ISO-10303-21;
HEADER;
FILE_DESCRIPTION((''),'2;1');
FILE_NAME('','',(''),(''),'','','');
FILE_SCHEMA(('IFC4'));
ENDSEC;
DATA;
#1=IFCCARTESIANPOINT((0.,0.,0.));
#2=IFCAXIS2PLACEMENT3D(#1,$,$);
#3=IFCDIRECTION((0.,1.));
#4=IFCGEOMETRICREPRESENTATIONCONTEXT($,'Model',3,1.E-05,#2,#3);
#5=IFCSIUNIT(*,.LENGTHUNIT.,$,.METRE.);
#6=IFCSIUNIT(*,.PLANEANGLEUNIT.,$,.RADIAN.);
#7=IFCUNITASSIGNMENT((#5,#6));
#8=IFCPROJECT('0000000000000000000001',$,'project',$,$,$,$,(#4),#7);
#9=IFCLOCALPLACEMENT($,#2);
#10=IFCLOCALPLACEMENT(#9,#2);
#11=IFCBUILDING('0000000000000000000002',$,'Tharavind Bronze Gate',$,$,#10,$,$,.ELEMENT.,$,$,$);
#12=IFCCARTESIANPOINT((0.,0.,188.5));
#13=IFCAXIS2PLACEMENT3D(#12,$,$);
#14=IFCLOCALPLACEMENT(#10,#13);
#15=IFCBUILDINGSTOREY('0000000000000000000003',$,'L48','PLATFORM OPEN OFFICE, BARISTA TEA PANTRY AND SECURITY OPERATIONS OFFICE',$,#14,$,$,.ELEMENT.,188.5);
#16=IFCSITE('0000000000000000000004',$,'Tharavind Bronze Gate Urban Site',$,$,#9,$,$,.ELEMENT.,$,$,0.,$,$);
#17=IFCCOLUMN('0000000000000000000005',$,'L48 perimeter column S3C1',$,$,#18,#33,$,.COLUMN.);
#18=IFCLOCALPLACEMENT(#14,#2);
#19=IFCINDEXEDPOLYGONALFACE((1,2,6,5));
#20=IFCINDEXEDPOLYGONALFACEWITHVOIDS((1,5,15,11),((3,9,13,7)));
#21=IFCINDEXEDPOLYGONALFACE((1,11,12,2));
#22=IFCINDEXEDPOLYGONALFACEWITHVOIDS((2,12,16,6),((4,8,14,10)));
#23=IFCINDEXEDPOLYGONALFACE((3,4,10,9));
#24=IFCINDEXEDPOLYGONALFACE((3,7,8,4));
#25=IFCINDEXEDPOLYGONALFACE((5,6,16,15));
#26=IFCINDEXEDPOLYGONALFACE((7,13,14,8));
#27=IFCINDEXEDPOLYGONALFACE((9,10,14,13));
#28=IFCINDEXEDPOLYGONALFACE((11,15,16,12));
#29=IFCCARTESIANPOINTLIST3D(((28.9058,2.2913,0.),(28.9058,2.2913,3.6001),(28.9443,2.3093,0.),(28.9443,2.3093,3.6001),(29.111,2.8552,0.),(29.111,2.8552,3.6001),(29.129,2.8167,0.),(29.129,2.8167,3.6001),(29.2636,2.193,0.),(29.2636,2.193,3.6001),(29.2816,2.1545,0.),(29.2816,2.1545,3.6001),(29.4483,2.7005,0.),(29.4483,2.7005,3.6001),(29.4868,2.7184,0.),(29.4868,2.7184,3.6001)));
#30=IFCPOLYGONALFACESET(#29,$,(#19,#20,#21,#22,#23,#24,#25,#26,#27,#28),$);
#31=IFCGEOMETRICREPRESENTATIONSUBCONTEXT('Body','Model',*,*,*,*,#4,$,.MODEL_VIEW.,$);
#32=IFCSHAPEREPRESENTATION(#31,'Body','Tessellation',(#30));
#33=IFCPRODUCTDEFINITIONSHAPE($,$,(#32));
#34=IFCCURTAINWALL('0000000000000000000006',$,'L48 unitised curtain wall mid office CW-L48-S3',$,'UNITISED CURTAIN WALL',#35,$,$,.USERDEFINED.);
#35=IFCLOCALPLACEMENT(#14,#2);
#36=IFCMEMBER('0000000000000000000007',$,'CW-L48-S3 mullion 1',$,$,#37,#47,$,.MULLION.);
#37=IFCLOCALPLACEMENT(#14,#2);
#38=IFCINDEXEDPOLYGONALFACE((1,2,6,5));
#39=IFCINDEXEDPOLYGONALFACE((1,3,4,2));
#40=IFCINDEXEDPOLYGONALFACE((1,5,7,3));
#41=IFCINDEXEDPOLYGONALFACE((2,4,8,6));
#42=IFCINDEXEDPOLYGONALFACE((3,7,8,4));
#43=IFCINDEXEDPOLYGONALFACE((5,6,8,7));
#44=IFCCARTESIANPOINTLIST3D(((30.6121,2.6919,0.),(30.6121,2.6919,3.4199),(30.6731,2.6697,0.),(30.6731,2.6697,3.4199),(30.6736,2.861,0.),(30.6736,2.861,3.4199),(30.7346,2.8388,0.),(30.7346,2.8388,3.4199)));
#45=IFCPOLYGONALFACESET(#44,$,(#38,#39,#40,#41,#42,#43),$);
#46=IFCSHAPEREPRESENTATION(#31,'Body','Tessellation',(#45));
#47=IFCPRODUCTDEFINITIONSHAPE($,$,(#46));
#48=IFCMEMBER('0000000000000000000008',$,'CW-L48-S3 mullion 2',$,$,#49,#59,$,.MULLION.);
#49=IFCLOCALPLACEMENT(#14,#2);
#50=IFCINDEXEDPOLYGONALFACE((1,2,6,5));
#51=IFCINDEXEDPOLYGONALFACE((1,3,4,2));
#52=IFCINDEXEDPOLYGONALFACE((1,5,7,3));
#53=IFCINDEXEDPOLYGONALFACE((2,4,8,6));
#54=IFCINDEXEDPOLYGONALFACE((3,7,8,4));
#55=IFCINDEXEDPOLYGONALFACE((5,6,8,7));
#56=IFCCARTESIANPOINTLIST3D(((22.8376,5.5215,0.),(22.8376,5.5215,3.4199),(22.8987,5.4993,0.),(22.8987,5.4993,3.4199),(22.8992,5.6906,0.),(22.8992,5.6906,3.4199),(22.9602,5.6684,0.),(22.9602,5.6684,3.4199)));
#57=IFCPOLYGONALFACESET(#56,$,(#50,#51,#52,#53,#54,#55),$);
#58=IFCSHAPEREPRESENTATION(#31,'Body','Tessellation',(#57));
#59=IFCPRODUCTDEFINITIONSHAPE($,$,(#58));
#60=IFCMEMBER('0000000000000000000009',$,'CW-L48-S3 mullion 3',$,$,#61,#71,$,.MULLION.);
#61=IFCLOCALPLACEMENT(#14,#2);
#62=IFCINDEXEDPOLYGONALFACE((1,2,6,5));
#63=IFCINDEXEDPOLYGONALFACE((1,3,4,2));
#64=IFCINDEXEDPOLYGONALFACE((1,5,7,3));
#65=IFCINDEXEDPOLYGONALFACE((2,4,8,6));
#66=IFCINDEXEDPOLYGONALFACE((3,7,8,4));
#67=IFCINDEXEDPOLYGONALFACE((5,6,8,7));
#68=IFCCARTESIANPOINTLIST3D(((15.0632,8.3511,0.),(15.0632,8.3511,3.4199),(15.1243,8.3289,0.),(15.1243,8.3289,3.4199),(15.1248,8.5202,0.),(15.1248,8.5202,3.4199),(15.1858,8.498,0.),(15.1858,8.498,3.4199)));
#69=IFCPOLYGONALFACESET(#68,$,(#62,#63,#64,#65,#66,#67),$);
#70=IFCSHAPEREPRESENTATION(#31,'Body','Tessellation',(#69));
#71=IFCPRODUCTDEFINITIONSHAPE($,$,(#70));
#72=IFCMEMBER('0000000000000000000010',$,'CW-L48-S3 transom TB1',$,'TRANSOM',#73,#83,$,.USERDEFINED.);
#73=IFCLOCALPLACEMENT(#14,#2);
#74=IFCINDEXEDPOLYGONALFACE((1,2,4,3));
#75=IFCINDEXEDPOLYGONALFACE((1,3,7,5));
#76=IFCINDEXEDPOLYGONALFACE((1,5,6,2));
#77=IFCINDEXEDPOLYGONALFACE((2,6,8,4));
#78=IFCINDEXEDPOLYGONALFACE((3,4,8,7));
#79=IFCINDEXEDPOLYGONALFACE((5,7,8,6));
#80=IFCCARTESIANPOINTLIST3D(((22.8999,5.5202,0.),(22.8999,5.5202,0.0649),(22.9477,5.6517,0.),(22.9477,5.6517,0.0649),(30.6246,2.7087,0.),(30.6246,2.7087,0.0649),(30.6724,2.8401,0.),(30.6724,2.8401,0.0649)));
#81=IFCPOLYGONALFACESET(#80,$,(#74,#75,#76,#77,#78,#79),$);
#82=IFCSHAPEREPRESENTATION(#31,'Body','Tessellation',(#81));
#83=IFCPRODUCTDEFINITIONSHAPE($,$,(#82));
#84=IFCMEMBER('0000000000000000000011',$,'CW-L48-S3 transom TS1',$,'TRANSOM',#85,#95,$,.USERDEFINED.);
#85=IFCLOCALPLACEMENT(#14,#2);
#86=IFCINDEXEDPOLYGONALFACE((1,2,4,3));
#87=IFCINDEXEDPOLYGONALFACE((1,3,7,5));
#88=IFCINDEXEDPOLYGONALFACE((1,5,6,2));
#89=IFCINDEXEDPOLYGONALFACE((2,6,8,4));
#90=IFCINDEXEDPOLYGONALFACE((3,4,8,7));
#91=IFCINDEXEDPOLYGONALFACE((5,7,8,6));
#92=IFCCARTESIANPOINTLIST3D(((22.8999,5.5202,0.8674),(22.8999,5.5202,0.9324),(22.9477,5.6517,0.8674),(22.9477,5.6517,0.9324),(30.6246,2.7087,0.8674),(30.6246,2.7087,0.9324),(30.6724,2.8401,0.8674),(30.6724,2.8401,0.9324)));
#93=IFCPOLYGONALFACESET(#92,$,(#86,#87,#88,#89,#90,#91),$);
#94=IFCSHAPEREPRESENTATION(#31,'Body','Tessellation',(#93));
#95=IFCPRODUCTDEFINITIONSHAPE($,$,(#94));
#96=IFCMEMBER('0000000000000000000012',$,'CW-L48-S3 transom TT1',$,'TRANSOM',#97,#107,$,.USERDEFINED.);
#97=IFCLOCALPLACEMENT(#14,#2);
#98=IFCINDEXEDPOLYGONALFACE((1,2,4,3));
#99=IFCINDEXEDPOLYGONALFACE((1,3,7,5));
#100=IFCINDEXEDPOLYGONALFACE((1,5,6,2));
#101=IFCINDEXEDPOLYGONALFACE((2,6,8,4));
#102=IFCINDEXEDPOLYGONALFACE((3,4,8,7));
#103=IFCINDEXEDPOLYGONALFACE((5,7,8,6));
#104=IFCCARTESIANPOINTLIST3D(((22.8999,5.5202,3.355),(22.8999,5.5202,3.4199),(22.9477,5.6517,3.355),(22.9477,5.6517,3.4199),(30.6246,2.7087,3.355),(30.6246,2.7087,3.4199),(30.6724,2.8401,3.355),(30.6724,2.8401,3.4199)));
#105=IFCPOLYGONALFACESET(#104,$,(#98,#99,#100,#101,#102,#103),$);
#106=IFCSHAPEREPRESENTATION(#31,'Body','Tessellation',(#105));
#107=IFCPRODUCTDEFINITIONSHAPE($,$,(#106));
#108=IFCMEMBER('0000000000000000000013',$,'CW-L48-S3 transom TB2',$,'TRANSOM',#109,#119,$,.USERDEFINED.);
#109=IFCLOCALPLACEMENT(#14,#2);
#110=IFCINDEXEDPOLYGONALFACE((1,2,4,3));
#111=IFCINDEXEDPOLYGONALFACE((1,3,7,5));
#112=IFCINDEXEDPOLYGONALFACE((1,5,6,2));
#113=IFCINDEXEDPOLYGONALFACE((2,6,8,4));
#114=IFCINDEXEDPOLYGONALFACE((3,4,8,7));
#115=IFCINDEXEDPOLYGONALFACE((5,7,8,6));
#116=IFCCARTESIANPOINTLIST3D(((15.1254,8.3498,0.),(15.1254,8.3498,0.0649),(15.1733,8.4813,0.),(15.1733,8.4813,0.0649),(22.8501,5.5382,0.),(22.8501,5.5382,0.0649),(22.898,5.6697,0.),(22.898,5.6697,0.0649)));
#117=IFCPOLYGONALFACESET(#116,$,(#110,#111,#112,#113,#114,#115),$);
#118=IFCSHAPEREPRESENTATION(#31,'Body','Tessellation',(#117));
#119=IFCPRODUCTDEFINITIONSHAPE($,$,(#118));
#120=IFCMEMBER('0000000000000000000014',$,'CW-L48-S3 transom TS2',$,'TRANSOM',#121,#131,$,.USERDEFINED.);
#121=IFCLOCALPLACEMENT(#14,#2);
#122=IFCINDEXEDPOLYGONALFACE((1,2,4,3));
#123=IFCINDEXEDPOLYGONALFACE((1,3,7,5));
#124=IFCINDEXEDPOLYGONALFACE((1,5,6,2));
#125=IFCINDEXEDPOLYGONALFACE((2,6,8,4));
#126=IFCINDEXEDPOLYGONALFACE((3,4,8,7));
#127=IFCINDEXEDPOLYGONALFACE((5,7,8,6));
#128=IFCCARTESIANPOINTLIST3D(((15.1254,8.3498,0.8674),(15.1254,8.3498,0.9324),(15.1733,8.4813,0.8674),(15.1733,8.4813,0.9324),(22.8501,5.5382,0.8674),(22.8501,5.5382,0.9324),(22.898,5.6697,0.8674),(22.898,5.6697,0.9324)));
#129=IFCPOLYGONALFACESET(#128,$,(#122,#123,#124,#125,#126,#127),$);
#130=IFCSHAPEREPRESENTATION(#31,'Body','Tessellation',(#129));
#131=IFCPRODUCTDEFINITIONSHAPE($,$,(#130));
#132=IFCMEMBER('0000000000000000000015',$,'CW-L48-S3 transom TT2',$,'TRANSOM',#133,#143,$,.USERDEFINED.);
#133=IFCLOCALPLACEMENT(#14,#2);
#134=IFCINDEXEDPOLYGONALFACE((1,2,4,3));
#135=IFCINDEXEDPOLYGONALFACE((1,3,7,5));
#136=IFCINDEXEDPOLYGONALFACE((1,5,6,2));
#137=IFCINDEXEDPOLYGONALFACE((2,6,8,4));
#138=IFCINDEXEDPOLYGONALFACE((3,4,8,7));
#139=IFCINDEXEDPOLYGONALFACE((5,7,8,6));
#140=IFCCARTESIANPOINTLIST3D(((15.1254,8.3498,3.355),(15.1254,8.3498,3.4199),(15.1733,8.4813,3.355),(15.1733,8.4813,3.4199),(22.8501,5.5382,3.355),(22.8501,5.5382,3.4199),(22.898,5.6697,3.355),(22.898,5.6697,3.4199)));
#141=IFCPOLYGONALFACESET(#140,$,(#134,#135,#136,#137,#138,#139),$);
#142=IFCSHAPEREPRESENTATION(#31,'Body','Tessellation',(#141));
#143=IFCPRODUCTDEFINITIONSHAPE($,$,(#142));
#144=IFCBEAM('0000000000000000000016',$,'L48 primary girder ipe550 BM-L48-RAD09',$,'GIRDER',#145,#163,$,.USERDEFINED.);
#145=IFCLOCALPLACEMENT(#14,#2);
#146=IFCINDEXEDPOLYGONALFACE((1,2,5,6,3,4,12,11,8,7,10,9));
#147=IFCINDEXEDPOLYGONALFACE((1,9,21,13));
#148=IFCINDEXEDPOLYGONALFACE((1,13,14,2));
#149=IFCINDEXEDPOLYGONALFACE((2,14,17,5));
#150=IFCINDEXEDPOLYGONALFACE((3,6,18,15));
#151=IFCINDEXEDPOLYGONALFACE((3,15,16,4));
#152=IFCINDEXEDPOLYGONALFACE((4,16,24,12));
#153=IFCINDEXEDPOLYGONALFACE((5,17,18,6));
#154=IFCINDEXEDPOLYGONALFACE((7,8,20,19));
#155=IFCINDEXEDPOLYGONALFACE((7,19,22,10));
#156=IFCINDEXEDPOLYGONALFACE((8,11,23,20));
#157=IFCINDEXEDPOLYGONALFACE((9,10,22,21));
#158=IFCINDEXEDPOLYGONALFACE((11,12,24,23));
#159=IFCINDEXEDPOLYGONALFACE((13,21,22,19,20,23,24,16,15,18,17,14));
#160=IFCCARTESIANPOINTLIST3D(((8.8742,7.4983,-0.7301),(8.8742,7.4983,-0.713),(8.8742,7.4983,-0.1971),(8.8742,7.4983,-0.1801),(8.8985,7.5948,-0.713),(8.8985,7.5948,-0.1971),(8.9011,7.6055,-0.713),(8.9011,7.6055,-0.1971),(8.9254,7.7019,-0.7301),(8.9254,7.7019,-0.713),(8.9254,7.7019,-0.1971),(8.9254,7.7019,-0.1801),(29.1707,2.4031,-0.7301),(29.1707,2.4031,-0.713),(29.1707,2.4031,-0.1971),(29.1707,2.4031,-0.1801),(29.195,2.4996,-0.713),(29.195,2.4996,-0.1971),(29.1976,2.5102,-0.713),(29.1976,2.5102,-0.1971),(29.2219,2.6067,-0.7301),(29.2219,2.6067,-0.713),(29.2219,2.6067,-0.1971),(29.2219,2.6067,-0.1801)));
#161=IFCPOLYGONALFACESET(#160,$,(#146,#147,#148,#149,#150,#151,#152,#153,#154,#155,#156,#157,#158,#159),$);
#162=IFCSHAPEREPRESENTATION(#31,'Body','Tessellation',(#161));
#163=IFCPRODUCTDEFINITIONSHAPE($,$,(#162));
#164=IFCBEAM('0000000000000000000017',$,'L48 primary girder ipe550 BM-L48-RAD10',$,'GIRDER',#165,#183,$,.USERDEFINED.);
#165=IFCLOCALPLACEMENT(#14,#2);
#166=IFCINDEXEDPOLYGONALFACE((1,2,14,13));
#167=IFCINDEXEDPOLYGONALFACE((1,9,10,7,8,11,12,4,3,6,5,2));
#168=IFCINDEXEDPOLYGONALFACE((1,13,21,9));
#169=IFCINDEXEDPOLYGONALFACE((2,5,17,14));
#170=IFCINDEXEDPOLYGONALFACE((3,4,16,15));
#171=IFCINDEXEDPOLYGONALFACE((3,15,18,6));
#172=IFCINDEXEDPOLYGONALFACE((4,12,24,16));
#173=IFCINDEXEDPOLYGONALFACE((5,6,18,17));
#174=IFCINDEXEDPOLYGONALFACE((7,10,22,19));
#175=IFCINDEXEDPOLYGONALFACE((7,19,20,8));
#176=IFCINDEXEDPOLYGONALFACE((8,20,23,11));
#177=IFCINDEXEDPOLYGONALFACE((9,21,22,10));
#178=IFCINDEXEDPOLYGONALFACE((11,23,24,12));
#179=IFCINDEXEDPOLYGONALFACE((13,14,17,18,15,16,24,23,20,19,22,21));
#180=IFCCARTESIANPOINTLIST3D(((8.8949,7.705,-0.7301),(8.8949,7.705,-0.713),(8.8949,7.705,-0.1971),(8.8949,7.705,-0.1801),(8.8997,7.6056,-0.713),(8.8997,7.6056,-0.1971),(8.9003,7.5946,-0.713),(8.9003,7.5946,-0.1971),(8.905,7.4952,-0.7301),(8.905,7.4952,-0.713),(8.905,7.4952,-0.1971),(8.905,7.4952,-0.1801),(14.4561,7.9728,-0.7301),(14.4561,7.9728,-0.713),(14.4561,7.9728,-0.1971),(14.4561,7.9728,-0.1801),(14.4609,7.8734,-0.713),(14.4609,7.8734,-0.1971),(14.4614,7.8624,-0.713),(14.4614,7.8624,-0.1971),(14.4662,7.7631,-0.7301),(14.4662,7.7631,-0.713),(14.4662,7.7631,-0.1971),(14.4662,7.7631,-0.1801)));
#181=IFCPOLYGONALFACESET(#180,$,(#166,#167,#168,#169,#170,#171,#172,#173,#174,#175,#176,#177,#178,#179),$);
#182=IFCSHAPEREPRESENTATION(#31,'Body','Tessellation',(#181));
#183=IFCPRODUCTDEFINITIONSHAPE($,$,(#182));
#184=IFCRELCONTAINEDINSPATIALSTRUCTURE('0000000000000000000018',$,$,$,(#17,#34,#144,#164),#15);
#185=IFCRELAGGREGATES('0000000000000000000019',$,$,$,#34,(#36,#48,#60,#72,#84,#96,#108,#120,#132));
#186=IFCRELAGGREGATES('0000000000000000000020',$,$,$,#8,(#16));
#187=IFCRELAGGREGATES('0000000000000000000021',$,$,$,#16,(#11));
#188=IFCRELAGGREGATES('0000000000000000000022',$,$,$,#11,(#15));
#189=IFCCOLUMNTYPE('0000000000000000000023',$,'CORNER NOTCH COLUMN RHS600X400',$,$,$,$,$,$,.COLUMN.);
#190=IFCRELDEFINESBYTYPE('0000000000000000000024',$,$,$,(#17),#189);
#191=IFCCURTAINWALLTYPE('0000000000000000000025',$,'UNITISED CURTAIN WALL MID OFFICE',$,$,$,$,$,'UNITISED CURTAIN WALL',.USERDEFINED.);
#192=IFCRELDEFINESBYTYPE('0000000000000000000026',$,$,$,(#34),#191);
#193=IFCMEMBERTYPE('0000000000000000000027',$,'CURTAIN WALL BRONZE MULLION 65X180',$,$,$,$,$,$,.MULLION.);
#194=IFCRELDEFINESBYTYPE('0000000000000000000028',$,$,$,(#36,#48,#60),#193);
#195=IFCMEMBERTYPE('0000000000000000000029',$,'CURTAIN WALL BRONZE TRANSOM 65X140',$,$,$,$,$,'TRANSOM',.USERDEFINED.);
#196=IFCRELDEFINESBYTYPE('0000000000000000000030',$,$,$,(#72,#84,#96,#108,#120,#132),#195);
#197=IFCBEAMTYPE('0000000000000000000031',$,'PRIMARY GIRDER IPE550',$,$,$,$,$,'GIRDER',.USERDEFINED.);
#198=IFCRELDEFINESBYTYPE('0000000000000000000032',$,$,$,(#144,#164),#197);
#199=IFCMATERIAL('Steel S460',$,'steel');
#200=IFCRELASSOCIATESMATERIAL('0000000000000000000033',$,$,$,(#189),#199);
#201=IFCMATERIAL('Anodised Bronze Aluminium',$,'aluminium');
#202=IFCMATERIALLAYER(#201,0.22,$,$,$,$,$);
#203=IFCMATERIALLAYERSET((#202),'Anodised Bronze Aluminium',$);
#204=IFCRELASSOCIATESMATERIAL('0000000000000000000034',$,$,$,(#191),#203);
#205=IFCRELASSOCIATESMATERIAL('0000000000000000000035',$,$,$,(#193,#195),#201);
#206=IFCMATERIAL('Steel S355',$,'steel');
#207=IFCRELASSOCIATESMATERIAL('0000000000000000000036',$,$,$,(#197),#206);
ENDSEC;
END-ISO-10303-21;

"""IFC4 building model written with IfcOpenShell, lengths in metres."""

from ifc_helpers import new_model, si_unit, direction, frame, origin, origin_2d, place, context, subcontext, project, spatial, rectangle, hollow_rectangle, i_section, extrude, material, layer, layer_set, material_profile, profile_set, type_object, element, aggregate, save


model = new_model("IFC4")

# Units and contexts
model_context = context("Model", 3, precision=1e-05, world=origin(), true_north=direction((0.0, 1.0)))
body_context = subcontext(model_context, "Body", "Model", "MODEL_VIEW")
ifc_project = project(units=[si_unit("LENGTHUNIT", "METRE"), si_unit("PLANEANGLEUNIT", "RADIAN")], contexts=[model_context])

# Site, building, storey
site_placement = place(None, origin())
site = spatial("IfcSite", under=ifc_project, at=site_placement, Name="Tharavind Bronze Gate Urban Site", CompositionType="ELEMENT", RefElevation=0.0)
building_placement = place(site_placement, origin())
building = spatial("IfcBuilding", under=site, at=building_placement, Name="Tharavind Bronze Gate", CompositionType="ELEMENT")
storey_placement = place(building_placement, frame((0.0, 0.0, 188.5)))
storey = spatial("IfcBuildingStorey", under=building, at=storey_placement, Name="L48", Description="PLATFORM OPEN OFFICE, BARISTA TEA PANTRY AND SECURITY OPERATIONS OFFICE", CompositionType="ELEMENT", Elevation=188.5)

# Column
ifc_material_1 = material(Name="Steel S460", Category="steel")
ifc_material_profile_1 = material_profile(ifc_material_1, hollow_rectangle(XDim=0.3999, YDim=0.6001, WallThickness=0.03, at=origin_2d()), Name="RHS600X400X30")
ifc_profile_set_1 = profile_set([ifc_material_profile_1], Name="Steel S460")
column_type = type_object("IfcColumnType", Name="CORNER NOTCH COLUMN RHS600X400", PredefinedType="COLUMN", material=ifc_profile_set_1)
column_placement = place(storey_placement, frame((29.1963, 2.5049, 0.0), z_axis=(0.0, 0.0, 1.0), x_axis=(-0.939692, 0.342022, 0.0)))
element("IfcColumn", 1, at=column_placement, inside=storey, type_object=column_type, Name="L48 perimeter column S3C1", PredefinedType="COLUMN", context=body_context, shape_type="SweptSolid", body=[
    extrude(hollow_rectangle(XDim=0.3999, YDim=0.6001, WallThickness=0.03, at=origin_2d()), origin(), (0.0, 0.0, 1.0), 3.6001),
])

# Curtain wall, members
ifc_material_2 = material(Name="Anodised Bronze Aluminium", Category="aluminium")
ifc_layer_1 = layer(ifc_material_2, 0.22)
ifc_layer_set_1 = layer_set([ifc_layer_1], Name="Anodised Bronze Aluminium")
curtain_wall_type = type_object("IfcCurtainWallType", Name="UNITISED CURTAIN WALL MID OFFICE", ElementType="UNITISED CURTAIN WALL", PredefinedType="USERDEFINED", material=ifc_layer_set_1)
curtain_wall_placement = place(storey_placement, origin())
curtain_wall = element("IfcCurtainWall", 2, at=curtain_wall_placement, inside=storey, type_object=curtain_wall_type, Name="L48 unitised curtain wall mid office CW-L48-S3", ObjectType="UNITISED CURTAIN WALL", PredefinedType="USERDEFINED")
member_type_1 = type_object("IfcMemberType", Name="CURTAIN WALL BRONZE MULLION 65X180", PredefinedType="MULLION", material=ifc_material_2)
member_1_placement = place(storey_placement, frame((30.6733, 2.7654, 0.0), z_axis=(0.0, 0.0, 1.0), x_axis=(-0.939692, 0.342022, 0.0)))
member_1 = element("IfcMember", 3, at=member_1_placement, type_object=member_type_1, Name="CW-L48-S3 mullion 1", PredefinedType="MULLION", context=body_context, shape_type="SweptSolid", body=[
    extrude(rectangle(XDim=0.0649, YDim=0.1799, at=origin_2d()), origin(), (0.0, 0.0, 1.0), 3.4199),
])
member_2_placement = place(storey_placement, frame((22.8989, 5.595, 0.0), z_axis=(0.0, 0.0, 1.0), x_axis=(-0.939692, 0.342022, 0.0)))
member_2 = element("IfcMember", 4, at=member_2_placement, type_object=member_type_1, Name="CW-L48-S3 mullion 2", PredefinedType="MULLION", context=body_context, shape_type="SweptSolid", body=[
    extrude(rectangle(XDim=0.0649, YDim=0.1799, at=origin_2d()), origin(), (0.0, 0.0, 1.0), 3.4199),
])
member_3_placement = place(storey_placement, frame((15.1245, 8.4246, 0.0), z_axis=(0.0, 0.0, 1.0), x_axis=(-0.939692, 0.342022, 0.0)))
member_3 = element("IfcMember", 5, at=member_3_placement, type_object=member_type_1, Name="CW-L48-S3 mullion 3", PredefinedType="MULLION", context=body_context, shape_type="SweptSolid", body=[
    extrude(rectangle(XDim=0.0649, YDim=0.1799, at=origin_2d()), origin(), (0.0, 0.0, 1.0), 3.4199),
])
member_type_2 = type_object("IfcMemberType", Name="CURTAIN WALL BRONZE TRANSOM 65X140", ElementType="TRANSOM", PredefinedType="USERDEFINED", material=ifc_material_2)
member_4_placement = place(storey_placement, frame((26.7861, 4.1802, 0.0), z_axis=(0.0, 0.0, 1.0), x_axis=(-0.939692, 0.342022, 0.0)))
member_4 = element("IfcMember", 6, at=member_4_placement, type_object=member_type_2, Name="CW-L48-S3 transom TB1", ObjectType="TRANSOM", PredefinedType="USERDEFINED", context=body_context, shape_type="SweptSolid", body=[
    extrude(rectangle(XDim=8.2205, YDim=0.1399, at=origin_2d()), origin(), (0.0, 0.0, 1.0), 0.0649),
])
member_5_placement = place(storey_placement, frame((26.7861, 4.1802, 0.8674), z_axis=(0.0, 0.0, 1.0), x_axis=(-0.939692, 0.342022, 0.0)))
member_5 = element("IfcMember", 7, at=member_5_placement, type_object=member_type_2, Name="CW-L48-S3 transom TS1", ObjectType="TRANSOM", PredefinedType="USERDEFINED", context=body_context, shape_type="SweptSolid", body=[
    extrude(rectangle(XDim=8.2205, YDim=0.1399, at=origin_2d()), origin(), (0.0, 0.0, 1.0), 0.0649),
])
member_6_placement = place(storey_placement, frame((26.7861, 4.1802, 3.355), z_axis=(0.0, 0.0, 1.0), x_axis=(-0.939692, 0.342022, 0.0)))
member_6 = element("IfcMember", 8, at=member_6_placement, type_object=member_type_2, Name="CW-L48-S3 transom TT1", ObjectType="TRANSOM", PredefinedType="USERDEFINED", context=body_context, shape_type="SweptSolid", body=[
    extrude(rectangle(XDim=8.2205, YDim=0.1399, at=origin_2d()), origin(), (0.0, 0.0, 1.0), 0.0649),
])
member_7_placement = place(storey_placement, frame((19.0117, 7.0098, 0.0), z_axis=(0.0, 0.0, 1.0), x_axis=(-0.939692, 0.342022, 0.0)))
member_7 = element("IfcMember", 9, at=member_7_placement, type_object=member_type_2, Name="CW-L48-S3 transom TB2", ObjectType="TRANSOM", PredefinedType="USERDEFINED", context=body_context, shape_type="SweptSolid", body=[
    extrude(rectangle(XDim=8.2205, YDim=0.1399, at=origin_2d()), origin(), (0.0, 0.0, 1.0), 0.0649),
])
member_8_placement = place(storey_placement, frame((19.0117, 7.0098, 0.8674), z_axis=(0.0, 0.0, 1.0), x_axis=(-0.939692, 0.342022, 0.0)))
member_8 = element("IfcMember", 10, at=member_8_placement, type_object=member_type_2, Name="CW-L48-S3 transom TS2", ObjectType="TRANSOM", PredefinedType="USERDEFINED", context=body_context, shape_type="SweptSolid", body=[
    extrude(rectangle(XDim=8.2205, YDim=0.1399, at=origin_2d()), origin(), (0.0, 0.0, 1.0), 0.0649),
])
member_9_placement = place(storey_placement, frame((19.0117, 7.0098, 3.355), z_axis=(0.0, 0.0, 1.0), x_axis=(-0.939692, 0.342022, 0.0)))
member_9 = element("IfcMember", 11, at=member_9_placement, type_object=member_type_2, Name="CW-L48-S3 transom TT2", ObjectType="TRANSOM", PredefinedType="USERDEFINED", context=body_context, shape_type="SweptSolid", body=[
    extrude(rectangle(XDim=8.2205, YDim=0.1399, at=origin_2d()), origin(), (0.0, 0.0, 1.0), 0.0649),
])

# Beams
ifc_material_3 = material(Name="Steel S355", Category="steel")
ifc_material_profile_2 = material_profile(ifc_material_3, i_section(OverallWidth=0.21, OverallDepth=0.55, WebThickness=0.011, FlangeThickness=0.0171, at=origin_2d()), Name="IPE550")
ifc_profile_set_2 = profile_set([ifc_material_profile_2], Name="Steel S355")
beam_type_1 = type_object("IfcBeamType", Name="PRIMARY GIRDER IPE550", ElementType="GIRDER", PredefinedType="USERDEFINED", material=ifc_profile_set_2)
beam_1_placement = place(storey_placement, frame((29.1963, 2.5049, -0.4551), z_axis=(-0.969905, 0.243485, 0.0), x_axis=(-0.243485, -0.969905, 0.0)))
element("IfcBeam", 12, at=beam_1_placement, inside=storey, type_object=beam_type_1, Name="L48 primary girder ipe550 BM-L48-RAD09", ObjectType="GIRDER", PredefinedType="USERDEFINED", context=body_context, shape_type="SweptSolid", body=[
    extrude(i_section(OverallWidth=0.21, OverallDepth=0.55, WebThickness=0.011, FlangeThickness=0.0171, at=origin_2d()), origin(), (0.0, 0.0, 1.0), 20.9263),
])
beam_2_placement = place(storey_placement, frame((14.4612, 7.8679, -0.4551), z_axis=(-0.998842, -0.048103, 0.0), x_axis=(0.048103, -0.998842, 0.0)))
element("IfcBeam", 13, at=beam_2_placement, inside=storey, type_object=beam_type_1, Name="L48 primary girder ipe550 BM-L48-RAD10", ObjectType="GIRDER", PredefinedType="USERDEFINED", context=body_context, shape_type="SweptSolid", body=[
    extrude(i_section(OverallWidth=0.21, OverallDepth=0.55, WebThickness=0.011, FlangeThickness=0.0171, at=origin_2d()), origin(), (0.0, 0.0, 1.0), 5.5676),
])

aggregate(curtain_wall, [member_1, member_2, member_3, member_4, member_5, member_6, member_7, member_8, member_9])

save(model, "model.ifc")
